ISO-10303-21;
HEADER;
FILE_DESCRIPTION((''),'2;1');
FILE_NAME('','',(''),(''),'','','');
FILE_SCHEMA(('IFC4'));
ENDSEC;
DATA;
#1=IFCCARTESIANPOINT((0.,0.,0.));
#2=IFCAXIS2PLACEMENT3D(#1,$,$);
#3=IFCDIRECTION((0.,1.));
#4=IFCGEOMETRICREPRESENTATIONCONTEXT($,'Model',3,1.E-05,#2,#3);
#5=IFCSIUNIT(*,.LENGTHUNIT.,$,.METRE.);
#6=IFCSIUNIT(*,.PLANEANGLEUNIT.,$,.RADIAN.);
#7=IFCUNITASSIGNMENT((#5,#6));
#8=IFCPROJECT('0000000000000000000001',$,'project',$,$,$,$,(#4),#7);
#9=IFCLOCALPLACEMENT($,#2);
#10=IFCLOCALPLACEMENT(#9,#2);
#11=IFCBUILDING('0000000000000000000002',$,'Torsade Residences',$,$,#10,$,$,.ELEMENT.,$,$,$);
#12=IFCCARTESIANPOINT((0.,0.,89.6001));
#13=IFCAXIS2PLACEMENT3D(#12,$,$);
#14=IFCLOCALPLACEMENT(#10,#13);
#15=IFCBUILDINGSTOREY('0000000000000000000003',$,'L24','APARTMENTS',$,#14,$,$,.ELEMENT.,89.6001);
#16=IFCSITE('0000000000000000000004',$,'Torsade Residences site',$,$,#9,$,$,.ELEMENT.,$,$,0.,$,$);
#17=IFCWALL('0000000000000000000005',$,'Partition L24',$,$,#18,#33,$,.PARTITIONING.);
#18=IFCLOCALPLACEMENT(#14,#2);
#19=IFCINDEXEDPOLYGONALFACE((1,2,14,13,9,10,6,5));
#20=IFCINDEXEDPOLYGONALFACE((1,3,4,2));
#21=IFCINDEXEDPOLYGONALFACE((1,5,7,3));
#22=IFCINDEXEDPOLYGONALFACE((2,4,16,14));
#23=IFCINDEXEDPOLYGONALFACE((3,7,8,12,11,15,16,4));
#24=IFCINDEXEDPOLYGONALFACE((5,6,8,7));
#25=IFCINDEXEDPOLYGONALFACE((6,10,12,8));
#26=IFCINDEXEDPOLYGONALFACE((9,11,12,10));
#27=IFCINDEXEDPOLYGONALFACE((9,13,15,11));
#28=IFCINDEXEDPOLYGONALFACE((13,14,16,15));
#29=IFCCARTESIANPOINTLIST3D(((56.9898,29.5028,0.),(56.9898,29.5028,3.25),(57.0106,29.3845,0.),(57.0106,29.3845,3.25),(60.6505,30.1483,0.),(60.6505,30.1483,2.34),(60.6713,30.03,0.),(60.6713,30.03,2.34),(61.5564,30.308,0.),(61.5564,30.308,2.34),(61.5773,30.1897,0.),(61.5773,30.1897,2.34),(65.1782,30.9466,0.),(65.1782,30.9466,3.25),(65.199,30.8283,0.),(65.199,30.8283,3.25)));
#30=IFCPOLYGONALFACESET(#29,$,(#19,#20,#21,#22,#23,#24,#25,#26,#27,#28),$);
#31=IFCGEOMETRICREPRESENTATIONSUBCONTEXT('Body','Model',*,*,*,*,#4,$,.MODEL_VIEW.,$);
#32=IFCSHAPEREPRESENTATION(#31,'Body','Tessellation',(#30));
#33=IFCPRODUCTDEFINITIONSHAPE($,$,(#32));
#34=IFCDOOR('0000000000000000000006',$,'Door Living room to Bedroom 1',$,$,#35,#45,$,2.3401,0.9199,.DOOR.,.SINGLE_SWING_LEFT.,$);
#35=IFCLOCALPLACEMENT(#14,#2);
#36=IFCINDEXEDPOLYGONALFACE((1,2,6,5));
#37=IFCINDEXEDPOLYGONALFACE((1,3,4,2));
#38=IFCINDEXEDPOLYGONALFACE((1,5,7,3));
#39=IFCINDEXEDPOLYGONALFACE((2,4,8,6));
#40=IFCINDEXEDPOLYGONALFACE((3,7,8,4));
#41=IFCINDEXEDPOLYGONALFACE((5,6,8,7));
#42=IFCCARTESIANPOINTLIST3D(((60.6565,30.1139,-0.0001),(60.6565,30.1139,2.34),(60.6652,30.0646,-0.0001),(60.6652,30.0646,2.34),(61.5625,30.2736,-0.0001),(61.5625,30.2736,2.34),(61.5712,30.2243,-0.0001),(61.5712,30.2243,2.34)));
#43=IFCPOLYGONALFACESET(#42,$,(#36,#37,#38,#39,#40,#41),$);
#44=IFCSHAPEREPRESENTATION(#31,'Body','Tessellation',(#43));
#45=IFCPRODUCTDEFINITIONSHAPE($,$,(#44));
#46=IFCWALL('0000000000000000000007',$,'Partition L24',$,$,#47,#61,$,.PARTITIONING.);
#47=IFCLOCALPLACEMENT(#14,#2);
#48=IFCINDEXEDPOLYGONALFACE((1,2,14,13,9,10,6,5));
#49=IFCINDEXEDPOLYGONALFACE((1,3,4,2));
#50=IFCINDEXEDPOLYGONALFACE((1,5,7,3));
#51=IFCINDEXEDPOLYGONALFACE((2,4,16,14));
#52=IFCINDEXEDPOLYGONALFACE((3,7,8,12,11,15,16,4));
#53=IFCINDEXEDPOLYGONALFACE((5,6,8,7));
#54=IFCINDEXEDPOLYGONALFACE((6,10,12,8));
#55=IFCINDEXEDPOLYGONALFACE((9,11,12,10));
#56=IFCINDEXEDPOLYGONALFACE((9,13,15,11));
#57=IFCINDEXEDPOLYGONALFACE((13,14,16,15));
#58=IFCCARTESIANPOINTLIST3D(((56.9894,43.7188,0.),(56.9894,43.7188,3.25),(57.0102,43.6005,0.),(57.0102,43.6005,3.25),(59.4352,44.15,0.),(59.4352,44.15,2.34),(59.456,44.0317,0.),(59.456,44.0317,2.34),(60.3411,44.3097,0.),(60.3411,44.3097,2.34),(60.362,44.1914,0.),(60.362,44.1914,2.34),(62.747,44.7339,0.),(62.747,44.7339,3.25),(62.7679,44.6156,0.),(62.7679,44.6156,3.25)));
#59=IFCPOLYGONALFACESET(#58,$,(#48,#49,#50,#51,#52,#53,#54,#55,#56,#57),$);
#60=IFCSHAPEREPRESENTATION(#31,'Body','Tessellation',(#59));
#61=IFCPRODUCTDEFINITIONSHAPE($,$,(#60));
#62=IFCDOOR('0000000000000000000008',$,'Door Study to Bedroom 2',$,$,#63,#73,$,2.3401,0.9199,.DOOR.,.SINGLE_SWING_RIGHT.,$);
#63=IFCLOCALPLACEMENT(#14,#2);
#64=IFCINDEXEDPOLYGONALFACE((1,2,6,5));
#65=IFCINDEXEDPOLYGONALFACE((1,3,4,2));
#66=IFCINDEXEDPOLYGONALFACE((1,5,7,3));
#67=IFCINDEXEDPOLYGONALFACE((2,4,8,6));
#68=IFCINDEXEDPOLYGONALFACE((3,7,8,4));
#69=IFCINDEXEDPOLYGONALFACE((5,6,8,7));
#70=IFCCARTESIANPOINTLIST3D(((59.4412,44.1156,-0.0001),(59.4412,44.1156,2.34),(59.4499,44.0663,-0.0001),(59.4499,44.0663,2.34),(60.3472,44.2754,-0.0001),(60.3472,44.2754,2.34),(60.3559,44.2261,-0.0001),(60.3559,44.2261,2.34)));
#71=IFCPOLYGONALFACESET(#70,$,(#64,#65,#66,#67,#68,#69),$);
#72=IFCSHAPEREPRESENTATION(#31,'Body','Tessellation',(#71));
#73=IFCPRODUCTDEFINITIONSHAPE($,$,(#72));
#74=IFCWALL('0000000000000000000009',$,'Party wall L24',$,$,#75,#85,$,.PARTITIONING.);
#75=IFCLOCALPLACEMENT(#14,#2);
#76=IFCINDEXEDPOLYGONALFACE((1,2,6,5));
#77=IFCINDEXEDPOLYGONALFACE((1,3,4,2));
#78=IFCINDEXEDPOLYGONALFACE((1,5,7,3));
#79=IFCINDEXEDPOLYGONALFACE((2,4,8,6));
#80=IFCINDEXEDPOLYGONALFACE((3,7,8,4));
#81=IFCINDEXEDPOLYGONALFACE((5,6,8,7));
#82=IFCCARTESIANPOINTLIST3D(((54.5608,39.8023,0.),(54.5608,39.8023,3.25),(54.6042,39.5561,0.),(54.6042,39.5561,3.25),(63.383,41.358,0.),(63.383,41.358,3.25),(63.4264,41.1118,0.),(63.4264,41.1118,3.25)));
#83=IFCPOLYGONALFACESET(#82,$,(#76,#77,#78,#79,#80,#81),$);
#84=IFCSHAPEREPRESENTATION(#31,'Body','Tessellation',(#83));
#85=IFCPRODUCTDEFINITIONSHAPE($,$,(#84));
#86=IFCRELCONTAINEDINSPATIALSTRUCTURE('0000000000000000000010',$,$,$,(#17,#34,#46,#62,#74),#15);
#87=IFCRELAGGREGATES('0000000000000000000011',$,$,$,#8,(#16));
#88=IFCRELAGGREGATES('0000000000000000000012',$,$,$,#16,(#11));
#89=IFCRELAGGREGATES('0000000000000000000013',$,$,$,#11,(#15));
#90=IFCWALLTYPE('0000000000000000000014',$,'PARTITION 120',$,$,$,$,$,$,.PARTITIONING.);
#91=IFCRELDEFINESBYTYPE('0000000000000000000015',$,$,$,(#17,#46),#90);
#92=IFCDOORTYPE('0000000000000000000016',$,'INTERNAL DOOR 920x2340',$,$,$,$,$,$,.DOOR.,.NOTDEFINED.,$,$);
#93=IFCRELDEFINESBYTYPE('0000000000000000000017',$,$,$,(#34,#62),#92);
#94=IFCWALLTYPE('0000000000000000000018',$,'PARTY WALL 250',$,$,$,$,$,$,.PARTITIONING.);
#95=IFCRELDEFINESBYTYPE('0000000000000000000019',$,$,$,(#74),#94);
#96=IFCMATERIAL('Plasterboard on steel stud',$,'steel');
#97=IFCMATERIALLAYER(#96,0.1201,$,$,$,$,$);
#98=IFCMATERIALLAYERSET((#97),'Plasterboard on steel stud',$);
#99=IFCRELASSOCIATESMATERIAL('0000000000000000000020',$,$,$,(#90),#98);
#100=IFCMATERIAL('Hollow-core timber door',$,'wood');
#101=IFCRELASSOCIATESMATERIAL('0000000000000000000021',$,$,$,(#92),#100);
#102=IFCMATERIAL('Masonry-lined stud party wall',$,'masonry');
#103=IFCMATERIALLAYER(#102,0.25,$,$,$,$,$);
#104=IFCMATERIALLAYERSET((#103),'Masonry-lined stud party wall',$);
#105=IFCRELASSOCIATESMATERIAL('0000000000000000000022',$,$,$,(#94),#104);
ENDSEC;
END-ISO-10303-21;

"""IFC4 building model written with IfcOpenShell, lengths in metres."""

from ifc_helpers import new_model, si_unit, direction, frame, frame_2d, origin, place, context, subcontext, project, spatial, rectangle, extrude, material, layer, layer_set, type_object, element, fill, save


model = new_model("IFC4")

# Units and contexts
model_context = context("Model", 3, precision=1e-05, world=origin(), true_north=direction((0.0, 1.0)))
body_context = subcontext(model_context, "Body", "Model", "MODEL_VIEW")
ifc_project = project(units=[si_unit("LENGTHUNIT", "METRE"), si_unit("PLANEANGLEUNIT", "RADIAN")], contexts=[model_context])

# Site, building, storey
site_placement = place(None, origin())
site = spatial("IfcSite", under=ifc_project, at=site_placement, Name="Torsade Residences site", CompositionType="ELEMENT", RefElevation=0.0)
building_placement = place(site_placement, origin())
building = spatial("IfcBuilding", under=site, at=building_placement, Name="Torsade Residences", CompositionType="ELEMENT")
storey_placement = place(building_placement, frame((0.0, 0.0, 89.6001)))
storey = spatial("IfcBuildingStorey", under=building, at=storey_placement, Name="L24", Description="APARTMENTS", CompositionType="ELEMENT", Elevation=89.6001)

# Walls, openings, doors
ifc_material_1 = material(Name="Plasterboard on steel stud", Category="steel")
ifc_layer_1 = layer(ifc_material_1, 0.1201)
ifc_layer_set_1 = layer_set([ifc_layer_1], Name="Plasterboard on steel stud")
wall_type_1 = type_object("IfcWallType", Name="PARTITION 120", PredefinedType="PARTITIONING", material=ifc_layer_set_1)
wall_1_placement = place(storey_placement, frame((65.1885, 30.8875, 0.0), z_axis=(0.0, 0.0, 1.0), x_axis=(-0.984808, -0.173648, 0.0)))
wall_1 = element("IfcWall", 1, at=wall_1_placement, inside=storey, type_object=wall_type_1, Name="Partition L24", PredefinedType="PARTITIONING", context=body_context, shape_type="SweptSolid", body=[
    extrude(rectangle(XDim=8.3147, YDim=0.1201, at=frame_2d((4.1572, 0.0))), origin(), (0.0, 0.0, 1.0), 3.25),
])
opening_1_placement = place(wall_1_placement, frame((3.6775, 0.0, 0.0)))
opening_1 = element("IfcOpeningElement", 2, at=opening_1_placement, cuts=wall_1, PredefinedType="OPENING", context=body_context, shape_type="SweptSolid", body=[
    extrude(rectangle(XDim=0.9199, YDim=2.3401, at=frame_2d((0.46, 1.1699))), frame((0.0, 0.0701, 0.0), z_axis=(0.0, -1.0, 0.0), x_axis=(1.0, 0.0, 0.0)), (0.0, 0.0, 1.0), 0.1401),
])
ifc_material_2 = material(Name="Hollow-core timber door", Category="wood")
door_type = type_object("IfcDoorType", Name="INTERNAL DOOR 920x2340", OperationType="NOTDEFINED", PredefinedType="DOOR", material=ifc_material_2)
door_1_placement = place(opening_1_placement, origin())
door_1 = element("IfcDoor", 3, at=door_1_placement, inside=storey, type_object=door_type, Name="Door Living room to Bedroom 1", OperationType="SINGLE_SWING_LEFT", OverallHeight=2.3401, OverallWidth=0.9199, PredefinedType="DOOR", context=body_context, shape_type="SweptSolid", body=[
    extrude(rectangle(XDim=0.9199, YDim=2.3401, at=frame_2d((0.46, 1.1699))), frame((0.0, 0.0249, 0.0), z_axis=(0.0, -1.0, 0.0), x_axis=(1.0, 0.0, 0.0)), (0.0, 0.0, 1.0), 0.05),
])
fill(opening_1, door_1)
wall_2_placement = place(storey_placement, frame((62.7576, 44.6748, 0.0), z_axis=(0.0, 0.0, 1.0), x_axis=(-0.98481, -0.173635, 0.0)))
wall_2 = element("IfcWall", 4, at=wall_2_placement, inside=storey, type_object=wall_type_1, Name="Partition L24", PredefinedType="PARTITIONING", context=body_context, shape_type="SweptSolid", body=[
    extrude(rectangle(XDim=5.8464, YDim=0.1201, at=frame_2d((2.9233, 0.0))), origin(), (0.0, 0.0, 1.0), 3.25),
])
opening_2_placement = place(wall_2_placement, frame((2.4431, 0.0, 0.0)))
opening_2 = element("IfcOpeningElement", 5, at=opening_2_placement, cuts=wall_2, PredefinedType="OPENING", context=body_context, shape_type="SweptSolid", body=[
    extrude(rectangle(XDim=0.9199, YDim=2.3401, at=frame_2d((0.46, 1.1699))), frame((0.0, 0.0701, 0.0), z_axis=(0.0, -1.0, 0.0), x_axis=(1.0, 0.0, 0.0)), (0.0, 0.0, 1.0), 0.1401),
])
door_2_placement = place(opening_2_placement, origin())
door_2 = element("IfcDoor", 6, at=door_2_placement, inside=storey, type_object=door_type, Name="Door Study to Bedroom 2", OperationType="SINGLE_SWING_RIGHT", OverallHeight=2.3401, OverallWidth=0.9199, PredefinedType="DOOR", context=body_context, shape_type="SweptSolid", body=[
    extrude(rectangle(XDim=0.9199, YDim=2.3401, at=frame_2d((0.46, 1.1699))), frame((0.0, 0.0249, 0.0), z_axis=(0.0, -1.0, 0.0), x_axis=(1.0, 0.0, 0.0)), (0.0, 0.0, 1.0), 0.05),
])
fill(opening_2, door_2)

# Wall
ifc_material_3 = material(Name="Masonry-lined stud party wall", Category="masonry")
ifc_layer_2 = layer(ifc_material_3, 0.25)
ifc_layer_set_2 = layer_set([ifc_layer_2], Name="Masonry-lined stud party wall")
wall_type_2 = type_object("IfcWallType", Name="PARTY WALL 250", PredefinedType="PARTITIONING", material=ifc_layer_set_2)
wall_3_placement = place(storey_placement, frame((63.4045, 41.2349, 0.0), z_axis=(0.0, 0.0, 1.0), x_axis=(-0.984807, -0.173655, 0.0)))
element("IfcWall", 7, at=wall_3_placement, inside=storey, type_object=wall_type_2, Name="Party wall L24", PredefinedType="PARTITIONING", context=body_context, shape_type="SweptSolid", body=[
    extrude(rectangle(XDim=8.9583, YDim=0.25, at=frame_2d((4.479, 0.0))), origin(), (0.0, 0.0, 1.0), 3.25),
])

save(model, "model.ifc")
